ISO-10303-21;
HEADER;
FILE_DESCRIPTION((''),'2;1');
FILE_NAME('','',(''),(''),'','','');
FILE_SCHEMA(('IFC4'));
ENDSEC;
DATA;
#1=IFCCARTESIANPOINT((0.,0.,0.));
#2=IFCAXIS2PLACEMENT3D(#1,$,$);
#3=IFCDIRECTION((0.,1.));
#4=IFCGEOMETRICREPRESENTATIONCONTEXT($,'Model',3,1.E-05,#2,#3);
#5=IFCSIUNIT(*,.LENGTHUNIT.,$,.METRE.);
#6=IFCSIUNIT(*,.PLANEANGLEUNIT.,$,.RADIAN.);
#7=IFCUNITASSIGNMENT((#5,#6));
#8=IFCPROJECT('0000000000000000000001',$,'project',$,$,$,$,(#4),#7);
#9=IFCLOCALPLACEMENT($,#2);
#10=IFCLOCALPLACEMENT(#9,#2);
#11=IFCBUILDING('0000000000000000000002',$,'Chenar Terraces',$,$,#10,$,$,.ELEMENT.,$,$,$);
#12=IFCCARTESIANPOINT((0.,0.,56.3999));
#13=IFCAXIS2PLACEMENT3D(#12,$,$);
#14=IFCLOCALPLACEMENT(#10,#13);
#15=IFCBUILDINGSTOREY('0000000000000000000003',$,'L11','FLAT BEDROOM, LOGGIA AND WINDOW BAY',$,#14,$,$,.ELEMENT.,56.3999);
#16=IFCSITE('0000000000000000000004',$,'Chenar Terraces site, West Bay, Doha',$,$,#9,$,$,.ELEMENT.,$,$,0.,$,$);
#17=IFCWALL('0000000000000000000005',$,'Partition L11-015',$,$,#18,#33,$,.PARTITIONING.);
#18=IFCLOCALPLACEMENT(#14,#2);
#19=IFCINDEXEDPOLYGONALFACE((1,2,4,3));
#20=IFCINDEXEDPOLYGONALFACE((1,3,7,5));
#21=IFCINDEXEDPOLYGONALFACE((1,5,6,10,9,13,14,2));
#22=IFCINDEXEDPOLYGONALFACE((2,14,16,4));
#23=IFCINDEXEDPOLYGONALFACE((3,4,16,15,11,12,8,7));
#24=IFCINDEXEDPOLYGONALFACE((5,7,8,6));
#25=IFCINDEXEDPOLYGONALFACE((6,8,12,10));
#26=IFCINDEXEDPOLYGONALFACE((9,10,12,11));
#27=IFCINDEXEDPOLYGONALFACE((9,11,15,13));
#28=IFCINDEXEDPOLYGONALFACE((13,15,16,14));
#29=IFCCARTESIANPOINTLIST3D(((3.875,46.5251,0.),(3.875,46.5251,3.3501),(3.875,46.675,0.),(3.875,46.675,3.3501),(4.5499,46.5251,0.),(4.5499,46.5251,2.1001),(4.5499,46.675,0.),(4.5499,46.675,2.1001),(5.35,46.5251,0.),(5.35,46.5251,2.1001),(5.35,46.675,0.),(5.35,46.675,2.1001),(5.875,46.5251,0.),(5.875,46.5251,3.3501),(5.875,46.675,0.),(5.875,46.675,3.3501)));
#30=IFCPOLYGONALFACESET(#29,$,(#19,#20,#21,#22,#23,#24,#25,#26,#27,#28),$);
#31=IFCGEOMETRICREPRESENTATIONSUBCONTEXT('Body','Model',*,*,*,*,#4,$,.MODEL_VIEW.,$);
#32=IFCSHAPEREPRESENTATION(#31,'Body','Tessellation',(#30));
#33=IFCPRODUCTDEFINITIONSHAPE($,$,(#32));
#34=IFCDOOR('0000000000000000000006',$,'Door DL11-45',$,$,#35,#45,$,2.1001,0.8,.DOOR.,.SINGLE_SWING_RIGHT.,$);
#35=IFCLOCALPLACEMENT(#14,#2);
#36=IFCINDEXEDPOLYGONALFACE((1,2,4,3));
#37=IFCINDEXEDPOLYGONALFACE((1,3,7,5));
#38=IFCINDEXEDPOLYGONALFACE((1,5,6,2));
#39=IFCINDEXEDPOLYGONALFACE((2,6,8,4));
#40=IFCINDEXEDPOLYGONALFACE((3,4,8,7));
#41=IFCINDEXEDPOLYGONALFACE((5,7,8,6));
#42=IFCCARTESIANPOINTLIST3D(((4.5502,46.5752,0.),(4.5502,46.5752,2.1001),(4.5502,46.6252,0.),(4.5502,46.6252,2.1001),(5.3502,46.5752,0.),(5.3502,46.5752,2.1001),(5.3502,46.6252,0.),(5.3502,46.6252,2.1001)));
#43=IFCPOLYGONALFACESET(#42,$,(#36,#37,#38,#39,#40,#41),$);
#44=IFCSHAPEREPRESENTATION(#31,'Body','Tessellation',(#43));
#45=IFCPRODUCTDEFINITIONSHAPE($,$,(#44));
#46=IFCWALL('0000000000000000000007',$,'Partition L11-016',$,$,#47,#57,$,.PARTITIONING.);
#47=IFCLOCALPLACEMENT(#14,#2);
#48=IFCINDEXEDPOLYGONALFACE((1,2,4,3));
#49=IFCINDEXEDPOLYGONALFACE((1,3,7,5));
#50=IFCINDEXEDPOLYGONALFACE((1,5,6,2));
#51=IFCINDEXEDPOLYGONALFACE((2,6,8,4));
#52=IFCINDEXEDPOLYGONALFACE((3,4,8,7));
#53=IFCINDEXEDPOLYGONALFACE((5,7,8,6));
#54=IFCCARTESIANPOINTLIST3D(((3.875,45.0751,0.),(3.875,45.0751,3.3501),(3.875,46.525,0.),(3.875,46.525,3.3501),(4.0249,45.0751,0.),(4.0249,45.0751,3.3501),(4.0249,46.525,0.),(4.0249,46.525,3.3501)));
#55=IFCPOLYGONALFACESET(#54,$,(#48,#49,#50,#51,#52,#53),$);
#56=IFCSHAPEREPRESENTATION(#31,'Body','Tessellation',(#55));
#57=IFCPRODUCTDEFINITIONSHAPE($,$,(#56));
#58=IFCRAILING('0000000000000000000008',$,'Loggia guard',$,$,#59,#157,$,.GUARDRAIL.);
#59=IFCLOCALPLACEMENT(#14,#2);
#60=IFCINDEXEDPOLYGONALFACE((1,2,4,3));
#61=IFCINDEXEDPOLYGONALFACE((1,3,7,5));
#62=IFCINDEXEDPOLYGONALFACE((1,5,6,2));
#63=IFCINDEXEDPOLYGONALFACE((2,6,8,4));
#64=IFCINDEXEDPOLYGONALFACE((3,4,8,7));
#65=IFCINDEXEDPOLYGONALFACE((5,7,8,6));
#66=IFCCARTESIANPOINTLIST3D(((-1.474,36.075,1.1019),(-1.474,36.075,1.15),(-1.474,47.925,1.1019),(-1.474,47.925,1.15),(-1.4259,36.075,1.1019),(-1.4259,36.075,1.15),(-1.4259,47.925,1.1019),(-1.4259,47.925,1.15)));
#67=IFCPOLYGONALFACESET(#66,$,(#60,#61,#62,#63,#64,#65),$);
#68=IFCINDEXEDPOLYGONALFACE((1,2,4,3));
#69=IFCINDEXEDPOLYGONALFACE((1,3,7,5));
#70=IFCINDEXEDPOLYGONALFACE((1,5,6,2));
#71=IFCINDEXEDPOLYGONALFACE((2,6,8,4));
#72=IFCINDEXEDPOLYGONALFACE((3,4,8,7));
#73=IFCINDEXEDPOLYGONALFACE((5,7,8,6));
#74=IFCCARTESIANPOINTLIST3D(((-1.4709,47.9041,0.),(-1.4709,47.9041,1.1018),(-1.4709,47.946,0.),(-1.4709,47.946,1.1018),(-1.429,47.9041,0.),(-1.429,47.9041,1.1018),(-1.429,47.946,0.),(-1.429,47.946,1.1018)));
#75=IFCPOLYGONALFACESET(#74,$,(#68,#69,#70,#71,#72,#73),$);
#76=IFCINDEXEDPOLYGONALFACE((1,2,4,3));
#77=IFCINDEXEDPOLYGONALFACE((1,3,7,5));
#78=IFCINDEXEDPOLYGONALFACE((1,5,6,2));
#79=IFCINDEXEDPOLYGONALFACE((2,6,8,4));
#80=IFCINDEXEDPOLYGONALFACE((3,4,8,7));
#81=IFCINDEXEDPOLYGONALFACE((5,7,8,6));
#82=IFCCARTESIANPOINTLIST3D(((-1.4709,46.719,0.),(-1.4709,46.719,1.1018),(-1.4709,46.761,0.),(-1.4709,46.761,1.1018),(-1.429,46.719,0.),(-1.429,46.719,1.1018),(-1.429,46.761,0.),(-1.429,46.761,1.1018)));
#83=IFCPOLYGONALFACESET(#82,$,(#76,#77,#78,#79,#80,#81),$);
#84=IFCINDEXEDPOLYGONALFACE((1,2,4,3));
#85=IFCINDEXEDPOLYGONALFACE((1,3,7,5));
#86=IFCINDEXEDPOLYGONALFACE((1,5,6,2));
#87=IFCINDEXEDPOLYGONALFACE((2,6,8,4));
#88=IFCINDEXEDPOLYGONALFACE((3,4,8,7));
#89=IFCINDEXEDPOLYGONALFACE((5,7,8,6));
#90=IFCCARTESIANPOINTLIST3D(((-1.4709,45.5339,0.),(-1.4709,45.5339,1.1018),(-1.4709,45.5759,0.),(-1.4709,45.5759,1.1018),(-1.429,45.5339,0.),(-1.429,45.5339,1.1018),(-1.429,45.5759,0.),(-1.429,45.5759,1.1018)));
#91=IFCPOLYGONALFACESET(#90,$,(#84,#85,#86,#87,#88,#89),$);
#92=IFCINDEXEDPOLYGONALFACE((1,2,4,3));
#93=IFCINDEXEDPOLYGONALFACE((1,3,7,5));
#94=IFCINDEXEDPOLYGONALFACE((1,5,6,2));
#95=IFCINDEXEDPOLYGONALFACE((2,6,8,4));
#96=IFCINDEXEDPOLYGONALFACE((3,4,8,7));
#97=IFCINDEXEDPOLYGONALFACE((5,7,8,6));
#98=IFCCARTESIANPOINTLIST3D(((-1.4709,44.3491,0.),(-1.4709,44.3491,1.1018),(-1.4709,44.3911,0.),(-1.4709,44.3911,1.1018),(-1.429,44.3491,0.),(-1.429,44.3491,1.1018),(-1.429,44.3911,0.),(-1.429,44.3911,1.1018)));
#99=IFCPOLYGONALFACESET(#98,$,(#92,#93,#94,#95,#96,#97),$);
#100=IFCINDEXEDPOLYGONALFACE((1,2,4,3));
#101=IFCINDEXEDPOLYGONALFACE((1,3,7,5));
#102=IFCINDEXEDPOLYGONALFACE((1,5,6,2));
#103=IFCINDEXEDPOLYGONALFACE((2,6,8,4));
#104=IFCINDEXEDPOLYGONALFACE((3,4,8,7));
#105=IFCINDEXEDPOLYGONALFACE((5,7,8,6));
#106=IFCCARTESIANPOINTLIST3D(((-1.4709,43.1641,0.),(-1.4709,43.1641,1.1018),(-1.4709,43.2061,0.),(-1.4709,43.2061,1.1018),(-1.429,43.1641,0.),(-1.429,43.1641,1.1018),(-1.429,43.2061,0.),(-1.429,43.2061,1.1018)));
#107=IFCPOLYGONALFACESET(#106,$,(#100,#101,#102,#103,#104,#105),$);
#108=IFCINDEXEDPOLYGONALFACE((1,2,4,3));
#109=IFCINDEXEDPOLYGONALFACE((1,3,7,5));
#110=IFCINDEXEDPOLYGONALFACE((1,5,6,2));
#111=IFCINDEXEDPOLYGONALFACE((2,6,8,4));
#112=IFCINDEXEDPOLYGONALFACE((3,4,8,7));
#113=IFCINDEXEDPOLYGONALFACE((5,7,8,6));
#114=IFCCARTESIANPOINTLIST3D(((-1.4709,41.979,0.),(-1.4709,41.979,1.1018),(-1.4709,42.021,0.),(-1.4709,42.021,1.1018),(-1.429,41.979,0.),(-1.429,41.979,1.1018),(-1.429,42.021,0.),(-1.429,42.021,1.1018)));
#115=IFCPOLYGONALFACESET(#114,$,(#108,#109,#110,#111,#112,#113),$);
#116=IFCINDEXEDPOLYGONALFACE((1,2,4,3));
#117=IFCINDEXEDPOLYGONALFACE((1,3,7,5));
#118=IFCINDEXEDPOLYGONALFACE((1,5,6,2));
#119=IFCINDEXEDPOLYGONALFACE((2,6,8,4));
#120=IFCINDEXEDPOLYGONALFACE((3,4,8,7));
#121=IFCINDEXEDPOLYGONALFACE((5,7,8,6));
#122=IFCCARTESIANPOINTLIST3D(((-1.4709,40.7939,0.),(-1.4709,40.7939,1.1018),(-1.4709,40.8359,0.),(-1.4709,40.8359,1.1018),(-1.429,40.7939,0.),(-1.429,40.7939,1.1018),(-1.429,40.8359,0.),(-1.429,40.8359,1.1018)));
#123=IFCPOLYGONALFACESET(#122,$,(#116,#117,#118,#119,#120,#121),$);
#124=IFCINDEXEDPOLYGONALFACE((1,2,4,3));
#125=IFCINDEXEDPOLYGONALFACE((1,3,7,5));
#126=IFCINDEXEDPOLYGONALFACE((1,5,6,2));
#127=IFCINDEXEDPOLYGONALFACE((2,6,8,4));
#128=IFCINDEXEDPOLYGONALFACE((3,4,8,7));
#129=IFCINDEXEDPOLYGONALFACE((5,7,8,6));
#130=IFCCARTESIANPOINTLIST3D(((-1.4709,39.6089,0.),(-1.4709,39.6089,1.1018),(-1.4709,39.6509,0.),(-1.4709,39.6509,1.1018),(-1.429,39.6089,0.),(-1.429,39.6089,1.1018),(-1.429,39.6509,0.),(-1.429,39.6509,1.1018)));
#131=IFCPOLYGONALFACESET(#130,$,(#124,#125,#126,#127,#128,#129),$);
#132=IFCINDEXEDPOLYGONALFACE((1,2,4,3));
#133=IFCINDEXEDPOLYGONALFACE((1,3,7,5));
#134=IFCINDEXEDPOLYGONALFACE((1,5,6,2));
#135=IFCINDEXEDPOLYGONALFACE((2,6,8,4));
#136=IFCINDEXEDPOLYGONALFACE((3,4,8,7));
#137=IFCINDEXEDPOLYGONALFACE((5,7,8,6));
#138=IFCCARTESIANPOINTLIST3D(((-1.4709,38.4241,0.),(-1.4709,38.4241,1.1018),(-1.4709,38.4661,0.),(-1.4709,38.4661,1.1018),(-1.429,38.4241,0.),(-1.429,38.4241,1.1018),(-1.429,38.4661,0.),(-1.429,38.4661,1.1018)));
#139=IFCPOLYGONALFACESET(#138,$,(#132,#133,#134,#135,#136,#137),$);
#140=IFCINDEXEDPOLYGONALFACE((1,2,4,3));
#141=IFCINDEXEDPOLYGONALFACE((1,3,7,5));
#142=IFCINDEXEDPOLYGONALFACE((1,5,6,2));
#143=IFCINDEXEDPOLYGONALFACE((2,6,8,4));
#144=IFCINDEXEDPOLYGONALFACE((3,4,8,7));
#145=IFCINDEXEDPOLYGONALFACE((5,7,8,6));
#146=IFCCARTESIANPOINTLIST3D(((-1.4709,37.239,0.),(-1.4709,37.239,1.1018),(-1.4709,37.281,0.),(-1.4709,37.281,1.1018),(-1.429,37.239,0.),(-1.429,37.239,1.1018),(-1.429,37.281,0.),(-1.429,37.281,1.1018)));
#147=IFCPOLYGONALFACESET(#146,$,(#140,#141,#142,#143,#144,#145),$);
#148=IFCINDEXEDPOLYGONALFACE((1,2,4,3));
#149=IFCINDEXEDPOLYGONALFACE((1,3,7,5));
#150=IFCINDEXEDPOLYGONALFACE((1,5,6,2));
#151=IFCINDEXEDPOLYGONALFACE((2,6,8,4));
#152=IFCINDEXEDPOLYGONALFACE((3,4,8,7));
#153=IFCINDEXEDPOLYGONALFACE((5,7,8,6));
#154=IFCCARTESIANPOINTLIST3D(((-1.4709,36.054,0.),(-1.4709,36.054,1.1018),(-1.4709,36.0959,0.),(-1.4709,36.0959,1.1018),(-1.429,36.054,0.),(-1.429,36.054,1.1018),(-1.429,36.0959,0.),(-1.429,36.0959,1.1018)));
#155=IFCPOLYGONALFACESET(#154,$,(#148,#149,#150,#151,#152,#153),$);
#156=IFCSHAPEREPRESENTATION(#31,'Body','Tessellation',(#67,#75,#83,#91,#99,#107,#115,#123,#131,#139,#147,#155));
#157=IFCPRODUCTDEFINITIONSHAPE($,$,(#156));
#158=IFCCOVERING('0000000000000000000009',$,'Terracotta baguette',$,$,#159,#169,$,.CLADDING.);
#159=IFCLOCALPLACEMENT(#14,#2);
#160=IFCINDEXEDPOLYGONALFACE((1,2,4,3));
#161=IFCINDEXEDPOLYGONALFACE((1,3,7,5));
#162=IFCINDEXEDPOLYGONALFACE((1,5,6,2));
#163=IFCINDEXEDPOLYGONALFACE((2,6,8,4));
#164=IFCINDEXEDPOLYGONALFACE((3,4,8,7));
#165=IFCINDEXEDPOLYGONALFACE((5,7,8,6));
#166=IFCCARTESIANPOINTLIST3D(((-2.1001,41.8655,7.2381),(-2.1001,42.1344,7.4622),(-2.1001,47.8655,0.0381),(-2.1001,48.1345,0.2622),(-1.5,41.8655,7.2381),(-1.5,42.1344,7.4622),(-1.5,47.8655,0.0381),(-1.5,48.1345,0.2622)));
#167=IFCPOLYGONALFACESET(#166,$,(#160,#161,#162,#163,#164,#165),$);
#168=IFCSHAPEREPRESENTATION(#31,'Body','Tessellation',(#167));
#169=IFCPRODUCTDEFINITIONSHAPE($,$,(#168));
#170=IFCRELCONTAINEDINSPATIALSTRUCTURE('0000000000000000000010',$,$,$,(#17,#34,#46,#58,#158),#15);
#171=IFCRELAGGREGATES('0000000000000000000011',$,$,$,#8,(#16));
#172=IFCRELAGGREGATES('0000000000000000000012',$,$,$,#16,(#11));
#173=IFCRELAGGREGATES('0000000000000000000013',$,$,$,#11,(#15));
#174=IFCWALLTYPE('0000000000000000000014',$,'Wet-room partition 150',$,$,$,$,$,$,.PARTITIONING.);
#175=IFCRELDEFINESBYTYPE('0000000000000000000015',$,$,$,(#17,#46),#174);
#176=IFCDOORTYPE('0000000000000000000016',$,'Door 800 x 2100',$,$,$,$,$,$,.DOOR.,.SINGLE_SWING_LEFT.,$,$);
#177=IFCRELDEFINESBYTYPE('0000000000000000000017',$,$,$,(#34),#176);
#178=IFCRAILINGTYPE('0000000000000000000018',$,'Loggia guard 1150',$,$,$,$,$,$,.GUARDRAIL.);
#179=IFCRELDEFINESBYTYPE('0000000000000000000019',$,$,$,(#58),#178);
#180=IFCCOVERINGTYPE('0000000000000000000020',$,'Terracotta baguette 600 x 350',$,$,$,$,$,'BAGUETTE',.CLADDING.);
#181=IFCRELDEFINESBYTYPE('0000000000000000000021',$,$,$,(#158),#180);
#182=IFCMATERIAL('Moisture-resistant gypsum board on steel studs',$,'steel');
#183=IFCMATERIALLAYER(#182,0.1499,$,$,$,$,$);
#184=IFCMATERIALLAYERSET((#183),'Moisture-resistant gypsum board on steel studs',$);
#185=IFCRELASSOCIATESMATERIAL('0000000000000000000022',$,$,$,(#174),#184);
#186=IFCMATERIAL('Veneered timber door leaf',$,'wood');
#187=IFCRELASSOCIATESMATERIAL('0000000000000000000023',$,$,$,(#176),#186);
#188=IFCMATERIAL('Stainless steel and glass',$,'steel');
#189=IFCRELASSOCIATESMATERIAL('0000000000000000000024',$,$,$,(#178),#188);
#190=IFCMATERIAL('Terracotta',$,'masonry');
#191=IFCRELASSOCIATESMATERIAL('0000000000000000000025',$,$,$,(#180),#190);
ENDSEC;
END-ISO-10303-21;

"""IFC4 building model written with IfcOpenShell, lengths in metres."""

from ifc_helpers import new_model, si_unit, direction, frame, frame_2d, origin, origin_2d, place, context, subcontext, project, spatial, rectangle, extrude, material, layer, layer_set, material_profile, profile_set, type_object, element, fill, save


model = new_model("IFC4")

# Units and contexts
model_context = context("Model", 3, precision=1e-05, world=origin(), true_north=direction((0.0, 1.0)))
body_context = subcontext(model_context, "Body", "Model", "MODEL_VIEW")
ifc_project = project(units=[si_unit("LENGTHUNIT", "METRE"), si_unit("PLANEANGLEUNIT", "RADIAN")], contexts=[model_context])

# Site, building, storey
site_placement = place(None, origin())
site = spatial("IfcSite", under=ifc_project, at=site_placement, Name="Chenar Terraces site, West Bay, Doha", CompositionType="ELEMENT", RefElevation=0.0)
building_placement = place(site_placement, origin())
building = spatial("IfcBuilding", under=site, at=building_placement, Name="Chenar Terraces", CompositionType="ELEMENT")
storey_placement = place(building_placement, frame((0.0, 0.0, 56.3999)))
storey = spatial("IfcBuildingStorey", under=building, at=storey_placement, Name="L11", Description="FLAT BEDROOM, LOGGIA AND WINDOW BAY", CompositionType="ELEMENT", Elevation=56.3999)

# Shared definitions
ifc_material_1 = material(Name="Moisture-resistant gypsum board on steel studs", Category="steel")
ifc_layer_1 = layer(ifc_material_1, 0.1499)
ifc_layer_set_1 = layer_set([ifc_layer_1], Name="Moisture-resistant gypsum board on steel studs")
wall_type_1 = type_object("IfcWallType", Name="Wet-room partition 150", PredefinedType="PARTITIONING", material=ifc_layer_set_1)

# Wall, opening, door
wall_1_placement = place(storey_placement, frame((3.875, 46.6001, 0.0), z_axis=(0.0, 0.0, 1.0), x_axis=(1.0, 0.0, 0.0)))
wall_1 = element("IfcWall", 1, at=wall_1_placement, inside=storey, type_object=wall_type_1, Name="Partition L11-015", PredefinedType="PARTITIONING", context=body_context, shape_type="SweptSolid", body=[
    extrude(rectangle(XDim=2.0, YDim=0.1499, at=frame_2d((1.0, 0.0))), origin(), (0.0, 0.0, 1.0), 3.3501),
])
opening_1_placement = place(wall_1_placement, frame((0.675, 0.0, 0.0)))
opening_1 = element("IfcOpeningElement", 2, at=opening_1_placement, cuts=wall_1, PredefinedType="OPENING", context=body_context, shape_type="SweptSolid", body=[
    extrude(rectangle(XDim=0.8, YDim=2.1001, at=frame_2d((0.3999, 1.05))), frame((0.0, 0.085, 0.0), z_axis=(0.0, -1.0, 0.0), x_axis=(1.0, 0.0, 0.0)), (0.0, 0.0, 1.0), 0.1699),
])
ifc_material_2 = material(Name="Veneered timber door leaf", Category="wood")
door_type_1 = type_object("IfcDoorType", Name="Door 800 x 2100", OperationType="SINGLE_SWING_LEFT", PredefinedType="DOOR", material=ifc_material_2)
door_1_placement = place(opening_1_placement, frame((0.8, 0.0, 0.0), z_axis=(0.0, 0.0, 1.0), x_axis=(-1.0, 0.0, 0.0)))
door_1 = element("IfcDoor", 3, at=door_1_placement, inside=storey, type_object=door_type_1, Name="Door DL11-45", OperationType="SINGLE_SWING_RIGHT", OverallHeight=2.1001, OverallWidth=0.8, PredefinedType="DOOR", context=body_context, shape_type="SweptSolid", body=[
    extrude(rectangle(XDim=0.8, YDim=2.1001, at=frame_2d((0.3999, 1.05))), frame((0.0, 0.0249, 0.0), z_axis=(0.0, -1.0, 0.0), x_axis=(1.0, 0.0, 0.0)), (0.0, 0.0, 1.0), 0.05),
])
fill(opening_1, door_1)

# Wall
wall_2_placement = place(storey_placement, frame((3.95, 45.075, 0.0), z_axis=(0.0, 0.0, 1.0), x_axis=(0.0, 1.0, 0.0)))
element("IfcWall", 4, at=wall_2_placement, inside=storey, type_object=wall_type_1, Name="Partition L11-016", PredefinedType="PARTITIONING", context=body_context, shape_type="SweptSolid", body=[
    extrude(rectangle(XDim=1.45, YDim=0.1499, at=frame_2d((0.7251, 0.0))), origin(), (0.0, 0.0, 1.0), 3.3501),
])

# Railing
ifc_material_3 = material(Name="Stainless steel and glass", Category="steel")
railing_type = type_object("IfcRailingType", Name="Loggia guard 1150", PredefinedType="GUARDRAIL", material=ifc_material_3)
railing_placement = place(storey_placement, frame((-1.45, 47.925, 0.0)))
element("IfcRailing", 5, at=railing_placement, inside=storey, type_object=railing_type, Name="Loggia guard", PredefinedType="GUARDRAIL", context=body_context, shape_type="SweptSolid", body=[
    extrude(rectangle(XDim=0.0481, YDim=0.0481, at=origin_2d()), frame((0.0, 0.0, 1.126), z_axis=(0.0, -1.0, 0.0), x_axis=(1.0, 0.0, 0.0)), (0.0, 0.0, 1.0), 11.8501),
    extrude(rectangle(XDim=0.042, YDim=0.042, at=origin_2d()), origin(), (0.0, 0.0, 1.0), 1.1018),
    extrude(rectangle(XDim=0.042, YDim=0.042, at=origin_2d()), frame((0.0, -1.1851, 0.0)), (0.0, 0.0, 1.0), 1.1018),
    extrude(rectangle(XDim=0.042, YDim=0.042, at=origin_2d()), frame((0.0, -2.3701, 0.0)), (0.0, 0.0, 1.0), 1.1018),
    extrude(rectangle(XDim=0.042, YDim=0.042, at=origin_2d()), frame((0.0, -3.5549, 0.0)), (0.0, 0.0, 1.0), 1.1018),
    extrude(rectangle(XDim=0.042, YDim=0.042, at=origin_2d()), frame((0.0, -4.74, 0.0)), (0.0, 0.0, 1.0), 1.1018),
    extrude(rectangle(XDim=0.042, YDim=0.042, at=origin_2d()), frame((0.0, -5.925, 0.0)), (0.0, 0.0, 1.0), 1.1018),
    extrude(rectangle(XDim=0.042, YDim=0.042, at=origin_2d()), frame((0.0, -7.1101, 0.0)), (0.0, 0.0, 1.0), 1.1018),
    extrude(rectangle(XDim=0.042, YDim=0.042, at=origin_2d()), frame((0.0, -8.2952, 0.0)), (0.0, 0.0, 1.0), 1.1018),
    extrude(rectangle(XDim=0.042, YDim=0.042, at=origin_2d()), frame((0.0, -9.48, 0.0)), (0.0, 0.0, 1.0), 1.1018),
    extrude(rectangle(XDim=0.042, YDim=0.042, at=origin_2d()), frame((0.0, -10.665, 0.0)), (0.0, 0.0, 1.0), 1.1018),
    extrude(rectangle(XDim=0.042, YDim=0.042, at=origin_2d()), frame((0.0, -11.8501, 0.0)), (0.0, 0.0, 1.0), 1.1018),
])

# Covering
ifc_material_4 = material(Name="Terracotta", Category="masonry")
ifc_material_profile_1 = material_profile(ifc_material_4, rectangle(XDim=0.6001, YDim=0.3501, at=origin_2d()), Name="Terracotta baguette 600 x 350")
ifc_profile_set_1 = profile_set([ifc_material_profile_1], Name="Terracotta")
covering_type = type_object("IfcCoveringType", Name="Terracotta baguette 600 x 350", ElementType="BAGUETTE", PredefinedType="CLADDING", material=ifc_profile_set_1)
covering_placement = place(storey_placement, frame((-1.8, 48.0, 0.1501), z_axis=(0.0, -0.640187, 0.768219), x_axis=(1.0, 0.0, 0.0)))
element("IfcCovering", 6, at=covering_placement, inside=storey, type_object=covering_type, Name="Terracotta baguette", PredefinedType="CLADDING", context=body_context, shape_type="SweptSolid", body=[
    extrude(rectangle(XDim=0.6001, YDim=0.3501, at=origin_2d()), origin(), (0.0, 0.0, 1.0), 9.3723),
])

save(model, "model.ifc")
